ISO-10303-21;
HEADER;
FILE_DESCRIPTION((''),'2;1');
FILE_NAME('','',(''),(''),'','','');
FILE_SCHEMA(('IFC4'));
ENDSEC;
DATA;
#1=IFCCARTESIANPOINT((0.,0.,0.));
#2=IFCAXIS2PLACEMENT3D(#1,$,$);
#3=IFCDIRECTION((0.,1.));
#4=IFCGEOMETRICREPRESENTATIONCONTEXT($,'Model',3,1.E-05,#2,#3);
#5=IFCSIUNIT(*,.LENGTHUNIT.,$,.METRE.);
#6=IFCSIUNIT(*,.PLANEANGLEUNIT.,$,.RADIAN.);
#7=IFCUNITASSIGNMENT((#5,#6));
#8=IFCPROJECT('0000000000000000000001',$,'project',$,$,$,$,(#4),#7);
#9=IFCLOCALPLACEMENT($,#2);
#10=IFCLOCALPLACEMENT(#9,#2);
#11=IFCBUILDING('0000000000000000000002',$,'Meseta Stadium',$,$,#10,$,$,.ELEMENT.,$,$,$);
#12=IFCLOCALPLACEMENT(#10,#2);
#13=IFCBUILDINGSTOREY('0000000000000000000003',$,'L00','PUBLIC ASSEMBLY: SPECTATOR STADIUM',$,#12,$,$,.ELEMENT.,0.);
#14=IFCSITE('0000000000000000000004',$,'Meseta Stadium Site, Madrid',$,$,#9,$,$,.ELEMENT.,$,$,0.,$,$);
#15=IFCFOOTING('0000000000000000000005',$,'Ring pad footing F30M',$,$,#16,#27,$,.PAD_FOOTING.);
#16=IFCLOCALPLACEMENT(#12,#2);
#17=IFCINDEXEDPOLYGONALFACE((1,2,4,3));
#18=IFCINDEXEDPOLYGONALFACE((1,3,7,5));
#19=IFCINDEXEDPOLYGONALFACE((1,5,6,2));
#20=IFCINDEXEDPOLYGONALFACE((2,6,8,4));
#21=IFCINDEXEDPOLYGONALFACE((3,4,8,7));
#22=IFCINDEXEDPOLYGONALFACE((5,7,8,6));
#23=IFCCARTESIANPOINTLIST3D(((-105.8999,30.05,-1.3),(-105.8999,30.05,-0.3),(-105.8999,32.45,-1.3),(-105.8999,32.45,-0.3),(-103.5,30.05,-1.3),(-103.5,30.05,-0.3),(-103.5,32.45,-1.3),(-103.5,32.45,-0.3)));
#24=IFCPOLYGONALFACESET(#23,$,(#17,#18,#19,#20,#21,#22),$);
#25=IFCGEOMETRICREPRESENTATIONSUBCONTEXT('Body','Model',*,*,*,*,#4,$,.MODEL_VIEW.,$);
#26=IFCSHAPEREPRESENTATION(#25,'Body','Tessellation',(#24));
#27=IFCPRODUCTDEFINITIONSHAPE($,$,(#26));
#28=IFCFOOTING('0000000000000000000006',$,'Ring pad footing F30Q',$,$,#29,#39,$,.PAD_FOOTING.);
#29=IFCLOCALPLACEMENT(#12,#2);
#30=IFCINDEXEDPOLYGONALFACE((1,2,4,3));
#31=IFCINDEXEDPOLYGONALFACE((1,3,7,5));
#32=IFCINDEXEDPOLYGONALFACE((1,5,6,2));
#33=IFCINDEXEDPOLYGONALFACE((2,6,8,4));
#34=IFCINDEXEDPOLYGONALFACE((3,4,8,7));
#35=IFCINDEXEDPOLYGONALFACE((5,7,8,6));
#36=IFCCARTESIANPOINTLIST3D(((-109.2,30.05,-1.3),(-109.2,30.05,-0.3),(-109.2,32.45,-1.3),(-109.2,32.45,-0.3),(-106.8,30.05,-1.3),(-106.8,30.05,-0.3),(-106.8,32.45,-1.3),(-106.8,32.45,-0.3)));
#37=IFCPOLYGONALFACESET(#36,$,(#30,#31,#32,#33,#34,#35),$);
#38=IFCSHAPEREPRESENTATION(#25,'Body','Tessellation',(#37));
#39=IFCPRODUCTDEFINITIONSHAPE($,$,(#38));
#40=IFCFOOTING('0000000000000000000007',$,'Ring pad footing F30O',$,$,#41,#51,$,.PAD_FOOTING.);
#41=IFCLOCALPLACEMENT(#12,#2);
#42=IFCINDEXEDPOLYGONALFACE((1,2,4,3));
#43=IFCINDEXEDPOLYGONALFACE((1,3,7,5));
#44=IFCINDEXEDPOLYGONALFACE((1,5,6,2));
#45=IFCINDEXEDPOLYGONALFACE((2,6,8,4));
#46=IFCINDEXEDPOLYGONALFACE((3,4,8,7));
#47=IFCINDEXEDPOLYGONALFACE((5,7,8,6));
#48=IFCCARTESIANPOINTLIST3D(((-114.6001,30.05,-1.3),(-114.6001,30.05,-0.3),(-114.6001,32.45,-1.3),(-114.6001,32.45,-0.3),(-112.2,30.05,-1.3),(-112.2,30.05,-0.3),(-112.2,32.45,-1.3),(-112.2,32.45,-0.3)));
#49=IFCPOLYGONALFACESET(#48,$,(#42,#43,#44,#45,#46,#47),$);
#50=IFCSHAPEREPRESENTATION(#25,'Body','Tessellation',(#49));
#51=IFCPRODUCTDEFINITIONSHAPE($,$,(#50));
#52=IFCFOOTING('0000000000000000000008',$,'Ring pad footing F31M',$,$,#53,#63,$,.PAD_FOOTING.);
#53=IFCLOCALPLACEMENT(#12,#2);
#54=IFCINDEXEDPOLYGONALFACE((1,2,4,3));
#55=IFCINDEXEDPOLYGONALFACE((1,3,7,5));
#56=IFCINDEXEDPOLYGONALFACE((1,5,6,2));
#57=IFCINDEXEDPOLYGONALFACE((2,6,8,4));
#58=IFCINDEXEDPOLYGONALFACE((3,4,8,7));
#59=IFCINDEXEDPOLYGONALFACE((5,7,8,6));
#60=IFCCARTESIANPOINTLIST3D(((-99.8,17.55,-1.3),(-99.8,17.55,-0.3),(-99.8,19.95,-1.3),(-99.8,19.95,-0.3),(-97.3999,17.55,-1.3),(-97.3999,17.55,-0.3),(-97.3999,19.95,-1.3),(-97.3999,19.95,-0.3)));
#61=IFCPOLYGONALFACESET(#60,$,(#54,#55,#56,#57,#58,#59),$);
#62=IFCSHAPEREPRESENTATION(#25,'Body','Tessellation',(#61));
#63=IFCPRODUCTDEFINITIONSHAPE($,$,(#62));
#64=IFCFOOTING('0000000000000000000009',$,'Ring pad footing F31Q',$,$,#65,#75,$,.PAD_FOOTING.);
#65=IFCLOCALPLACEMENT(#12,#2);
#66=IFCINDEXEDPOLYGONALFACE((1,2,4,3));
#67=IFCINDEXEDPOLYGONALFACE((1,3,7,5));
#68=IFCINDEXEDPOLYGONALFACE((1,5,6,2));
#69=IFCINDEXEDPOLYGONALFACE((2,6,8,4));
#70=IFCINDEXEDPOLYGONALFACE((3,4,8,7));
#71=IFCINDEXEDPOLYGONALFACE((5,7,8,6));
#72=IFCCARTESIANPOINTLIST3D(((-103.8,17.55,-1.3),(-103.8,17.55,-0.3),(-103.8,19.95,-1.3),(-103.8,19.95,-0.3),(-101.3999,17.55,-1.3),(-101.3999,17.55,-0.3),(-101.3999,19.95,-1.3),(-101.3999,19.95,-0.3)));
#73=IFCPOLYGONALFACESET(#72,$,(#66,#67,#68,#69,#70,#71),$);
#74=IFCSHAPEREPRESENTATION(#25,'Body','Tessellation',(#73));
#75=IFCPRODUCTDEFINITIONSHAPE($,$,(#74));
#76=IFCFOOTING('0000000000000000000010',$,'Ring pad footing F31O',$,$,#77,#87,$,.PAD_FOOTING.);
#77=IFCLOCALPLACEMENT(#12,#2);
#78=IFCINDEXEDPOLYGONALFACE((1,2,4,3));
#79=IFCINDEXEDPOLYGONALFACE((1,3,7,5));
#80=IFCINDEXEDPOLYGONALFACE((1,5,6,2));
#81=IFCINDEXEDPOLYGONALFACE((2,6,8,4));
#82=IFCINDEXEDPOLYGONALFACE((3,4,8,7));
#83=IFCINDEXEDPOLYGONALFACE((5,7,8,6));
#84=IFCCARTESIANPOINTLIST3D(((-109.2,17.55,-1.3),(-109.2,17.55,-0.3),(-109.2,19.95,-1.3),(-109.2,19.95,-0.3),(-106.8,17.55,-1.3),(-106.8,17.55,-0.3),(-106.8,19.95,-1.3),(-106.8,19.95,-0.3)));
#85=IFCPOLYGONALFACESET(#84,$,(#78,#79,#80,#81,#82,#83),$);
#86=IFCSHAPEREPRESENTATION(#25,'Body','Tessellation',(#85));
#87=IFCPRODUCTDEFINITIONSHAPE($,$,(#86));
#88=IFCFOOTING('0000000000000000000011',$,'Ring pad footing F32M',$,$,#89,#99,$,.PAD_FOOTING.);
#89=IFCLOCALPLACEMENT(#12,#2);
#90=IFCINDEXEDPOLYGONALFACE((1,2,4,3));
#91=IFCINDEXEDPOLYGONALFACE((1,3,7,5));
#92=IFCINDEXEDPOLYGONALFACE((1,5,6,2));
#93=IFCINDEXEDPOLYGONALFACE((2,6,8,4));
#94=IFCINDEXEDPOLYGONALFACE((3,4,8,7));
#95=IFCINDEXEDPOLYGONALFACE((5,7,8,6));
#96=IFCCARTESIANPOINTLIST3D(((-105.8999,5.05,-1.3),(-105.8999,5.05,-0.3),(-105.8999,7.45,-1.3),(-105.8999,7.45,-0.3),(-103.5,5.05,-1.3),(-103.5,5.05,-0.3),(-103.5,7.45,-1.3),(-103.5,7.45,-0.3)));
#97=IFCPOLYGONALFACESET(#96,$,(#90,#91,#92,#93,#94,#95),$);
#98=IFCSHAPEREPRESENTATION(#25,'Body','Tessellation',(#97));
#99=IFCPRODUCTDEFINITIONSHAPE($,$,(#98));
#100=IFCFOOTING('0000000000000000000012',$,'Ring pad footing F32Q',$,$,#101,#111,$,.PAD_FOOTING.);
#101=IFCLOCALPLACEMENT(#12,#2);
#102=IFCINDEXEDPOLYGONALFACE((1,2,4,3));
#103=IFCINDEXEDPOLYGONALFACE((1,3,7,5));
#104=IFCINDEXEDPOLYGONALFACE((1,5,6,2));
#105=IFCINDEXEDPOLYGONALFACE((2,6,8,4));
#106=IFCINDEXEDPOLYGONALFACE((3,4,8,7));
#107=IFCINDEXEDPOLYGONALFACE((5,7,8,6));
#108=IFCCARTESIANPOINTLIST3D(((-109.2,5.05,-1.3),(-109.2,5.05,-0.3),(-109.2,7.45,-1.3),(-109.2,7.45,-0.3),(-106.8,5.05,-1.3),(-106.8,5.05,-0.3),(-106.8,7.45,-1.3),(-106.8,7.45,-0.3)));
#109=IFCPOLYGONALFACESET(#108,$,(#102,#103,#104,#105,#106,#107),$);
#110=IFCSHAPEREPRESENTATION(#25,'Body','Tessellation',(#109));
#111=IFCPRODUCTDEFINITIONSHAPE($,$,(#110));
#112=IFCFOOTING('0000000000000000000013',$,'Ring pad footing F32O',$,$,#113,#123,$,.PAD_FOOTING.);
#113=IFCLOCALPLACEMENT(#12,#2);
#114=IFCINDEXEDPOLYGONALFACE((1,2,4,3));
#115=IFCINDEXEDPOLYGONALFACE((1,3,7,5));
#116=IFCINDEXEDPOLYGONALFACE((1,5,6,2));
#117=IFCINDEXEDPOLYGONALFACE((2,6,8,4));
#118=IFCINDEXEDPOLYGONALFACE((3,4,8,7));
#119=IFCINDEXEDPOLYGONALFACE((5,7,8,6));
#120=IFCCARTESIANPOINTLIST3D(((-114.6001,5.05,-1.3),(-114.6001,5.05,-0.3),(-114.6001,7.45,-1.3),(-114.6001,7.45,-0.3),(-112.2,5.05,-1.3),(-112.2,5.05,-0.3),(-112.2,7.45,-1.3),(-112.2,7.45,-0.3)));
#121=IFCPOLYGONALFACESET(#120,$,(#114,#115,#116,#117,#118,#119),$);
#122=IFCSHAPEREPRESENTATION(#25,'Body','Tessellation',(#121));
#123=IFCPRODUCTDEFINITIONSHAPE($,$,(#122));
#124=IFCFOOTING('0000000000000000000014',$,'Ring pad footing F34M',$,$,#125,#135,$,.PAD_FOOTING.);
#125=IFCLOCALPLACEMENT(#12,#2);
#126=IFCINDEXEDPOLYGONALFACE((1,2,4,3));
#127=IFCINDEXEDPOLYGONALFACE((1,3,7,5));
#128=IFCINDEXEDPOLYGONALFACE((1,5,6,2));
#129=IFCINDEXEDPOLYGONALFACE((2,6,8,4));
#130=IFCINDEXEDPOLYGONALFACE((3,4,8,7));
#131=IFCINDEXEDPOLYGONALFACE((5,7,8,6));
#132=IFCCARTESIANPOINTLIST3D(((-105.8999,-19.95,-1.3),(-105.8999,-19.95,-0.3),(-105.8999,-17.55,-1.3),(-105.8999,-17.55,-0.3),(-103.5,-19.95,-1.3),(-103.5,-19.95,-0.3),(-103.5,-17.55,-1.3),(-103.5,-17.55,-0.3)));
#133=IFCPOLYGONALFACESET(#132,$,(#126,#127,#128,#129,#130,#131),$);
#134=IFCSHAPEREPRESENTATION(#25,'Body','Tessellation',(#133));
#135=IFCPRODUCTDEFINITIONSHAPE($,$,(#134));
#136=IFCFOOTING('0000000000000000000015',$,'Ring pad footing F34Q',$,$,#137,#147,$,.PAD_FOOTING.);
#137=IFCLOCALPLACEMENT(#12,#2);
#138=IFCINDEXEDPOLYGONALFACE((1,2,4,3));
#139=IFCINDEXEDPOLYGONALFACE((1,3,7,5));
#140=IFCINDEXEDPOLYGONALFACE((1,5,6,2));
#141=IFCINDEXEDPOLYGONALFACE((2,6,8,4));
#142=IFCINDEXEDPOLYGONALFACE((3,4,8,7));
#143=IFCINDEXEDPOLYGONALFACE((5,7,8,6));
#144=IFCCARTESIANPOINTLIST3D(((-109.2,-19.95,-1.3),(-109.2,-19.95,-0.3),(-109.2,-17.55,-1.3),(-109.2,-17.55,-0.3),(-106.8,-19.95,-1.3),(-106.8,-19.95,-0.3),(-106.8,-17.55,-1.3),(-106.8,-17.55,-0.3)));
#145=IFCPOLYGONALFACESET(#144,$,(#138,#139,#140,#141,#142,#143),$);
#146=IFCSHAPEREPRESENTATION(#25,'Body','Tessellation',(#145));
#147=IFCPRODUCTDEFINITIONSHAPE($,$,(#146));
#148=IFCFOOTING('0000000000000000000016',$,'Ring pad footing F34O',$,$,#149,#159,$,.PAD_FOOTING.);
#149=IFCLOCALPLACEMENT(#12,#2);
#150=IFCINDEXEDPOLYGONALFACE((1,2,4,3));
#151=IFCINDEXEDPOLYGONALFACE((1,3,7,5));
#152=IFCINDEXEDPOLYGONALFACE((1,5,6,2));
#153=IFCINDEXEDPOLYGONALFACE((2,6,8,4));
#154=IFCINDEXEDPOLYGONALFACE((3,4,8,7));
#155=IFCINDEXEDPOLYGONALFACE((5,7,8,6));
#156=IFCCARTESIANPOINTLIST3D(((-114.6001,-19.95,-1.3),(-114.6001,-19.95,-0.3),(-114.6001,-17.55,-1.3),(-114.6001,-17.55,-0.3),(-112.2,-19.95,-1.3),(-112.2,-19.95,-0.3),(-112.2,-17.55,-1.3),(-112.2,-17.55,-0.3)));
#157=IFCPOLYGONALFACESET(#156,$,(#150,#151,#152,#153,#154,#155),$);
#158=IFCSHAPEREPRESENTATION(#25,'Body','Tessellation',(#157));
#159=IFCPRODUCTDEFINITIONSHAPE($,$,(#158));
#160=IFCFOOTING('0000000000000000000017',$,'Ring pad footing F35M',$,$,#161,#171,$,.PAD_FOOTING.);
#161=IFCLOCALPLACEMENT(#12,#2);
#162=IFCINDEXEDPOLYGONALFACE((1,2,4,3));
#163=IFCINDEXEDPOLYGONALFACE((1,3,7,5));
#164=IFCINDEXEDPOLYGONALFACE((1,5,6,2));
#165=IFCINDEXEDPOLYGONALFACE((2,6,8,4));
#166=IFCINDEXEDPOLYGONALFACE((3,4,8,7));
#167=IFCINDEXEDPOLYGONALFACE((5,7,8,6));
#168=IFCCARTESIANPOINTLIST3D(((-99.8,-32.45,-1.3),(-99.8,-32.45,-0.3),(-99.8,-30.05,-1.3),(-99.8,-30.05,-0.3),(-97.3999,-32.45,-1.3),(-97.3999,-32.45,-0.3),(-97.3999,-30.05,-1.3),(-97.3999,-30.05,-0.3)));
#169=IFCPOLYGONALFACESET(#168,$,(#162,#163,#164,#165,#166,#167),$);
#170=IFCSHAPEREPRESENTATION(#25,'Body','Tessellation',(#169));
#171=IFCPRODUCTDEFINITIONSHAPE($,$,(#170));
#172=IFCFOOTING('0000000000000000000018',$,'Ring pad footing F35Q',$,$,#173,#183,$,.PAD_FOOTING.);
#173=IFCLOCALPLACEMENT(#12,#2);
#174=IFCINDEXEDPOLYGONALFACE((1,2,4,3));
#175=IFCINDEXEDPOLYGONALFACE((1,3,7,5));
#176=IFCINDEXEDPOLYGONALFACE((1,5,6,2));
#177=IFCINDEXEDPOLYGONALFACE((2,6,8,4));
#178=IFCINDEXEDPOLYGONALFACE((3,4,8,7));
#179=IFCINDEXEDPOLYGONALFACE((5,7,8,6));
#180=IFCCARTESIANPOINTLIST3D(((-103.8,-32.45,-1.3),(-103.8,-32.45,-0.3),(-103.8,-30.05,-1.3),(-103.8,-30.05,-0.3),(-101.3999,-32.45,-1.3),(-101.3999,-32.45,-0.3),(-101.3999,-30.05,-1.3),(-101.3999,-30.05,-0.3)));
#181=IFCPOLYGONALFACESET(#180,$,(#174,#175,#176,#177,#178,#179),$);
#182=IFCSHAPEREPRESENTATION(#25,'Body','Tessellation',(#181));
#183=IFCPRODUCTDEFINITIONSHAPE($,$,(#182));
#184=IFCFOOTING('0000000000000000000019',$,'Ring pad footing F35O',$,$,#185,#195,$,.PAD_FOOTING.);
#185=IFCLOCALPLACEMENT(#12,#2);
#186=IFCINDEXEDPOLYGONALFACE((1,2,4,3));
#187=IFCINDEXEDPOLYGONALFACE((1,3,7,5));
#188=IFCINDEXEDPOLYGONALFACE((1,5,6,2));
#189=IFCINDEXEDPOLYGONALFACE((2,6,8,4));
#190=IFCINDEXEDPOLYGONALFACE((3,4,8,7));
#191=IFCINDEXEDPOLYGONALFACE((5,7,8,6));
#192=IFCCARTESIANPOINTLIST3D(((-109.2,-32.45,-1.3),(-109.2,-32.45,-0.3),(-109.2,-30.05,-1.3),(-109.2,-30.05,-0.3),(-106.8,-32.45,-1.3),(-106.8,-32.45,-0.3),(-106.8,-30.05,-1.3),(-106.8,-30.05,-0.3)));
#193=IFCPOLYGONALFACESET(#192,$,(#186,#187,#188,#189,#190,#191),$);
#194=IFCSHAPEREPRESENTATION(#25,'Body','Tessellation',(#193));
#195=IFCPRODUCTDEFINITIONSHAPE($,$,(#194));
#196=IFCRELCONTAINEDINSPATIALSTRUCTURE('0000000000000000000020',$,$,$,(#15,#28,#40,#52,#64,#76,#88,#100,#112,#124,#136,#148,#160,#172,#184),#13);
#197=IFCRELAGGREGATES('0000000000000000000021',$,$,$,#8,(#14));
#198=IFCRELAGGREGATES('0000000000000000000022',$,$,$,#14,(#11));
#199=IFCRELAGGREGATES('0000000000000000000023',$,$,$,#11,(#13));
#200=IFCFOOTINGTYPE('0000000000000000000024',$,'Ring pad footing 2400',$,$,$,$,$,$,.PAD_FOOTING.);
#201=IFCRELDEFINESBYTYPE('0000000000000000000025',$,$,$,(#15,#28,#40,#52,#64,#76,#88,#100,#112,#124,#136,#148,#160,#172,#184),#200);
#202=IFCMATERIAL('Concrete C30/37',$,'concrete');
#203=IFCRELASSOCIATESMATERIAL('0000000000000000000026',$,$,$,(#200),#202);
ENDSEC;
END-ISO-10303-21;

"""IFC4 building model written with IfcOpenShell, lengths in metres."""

from ifc_helpers import new_model, si_unit, direction, frame, origin, place, context, subcontext, project, spatial, polyline, outline, extrude, material, type_object, element, save


model = new_model("IFC4")

# Units and contexts
model_context = context("Model", 3, precision=1e-05, world=origin(), true_north=direction((0.0, 1.0)))
body_context = subcontext(model_context, "Body", "Model", "MODEL_VIEW")
ifc_project = project(units=[si_unit("LENGTHUNIT", "METRE"), si_unit("PLANEANGLEUNIT", "RADIAN")], contexts=[model_context])

# Site, building, storey
site_placement = place(None, origin())
site = spatial("IfcSite", under=ifc_project, at=site_placement, Name="Meseta Stadium Site, Madrid", CompositionType="ELEMENT", RefElevation=0.0)
building_placement = place(site_placement, origin())
building = spatial("IfcBuilding", under=site, at=building_placement, Name="Meseta Stadium", CompositionType="ELEMENT")
storey_placement = place(building_placement, origin())
storey = spatial("IfcBuildingStorey", under=building, at=storey_placement, Name="L00", Description="PUBLIC ASSEMBLY: SPECTATOR STADIUM", CompositionType="ELEMENT", Elevation=0.0)

# Footings
ifc_material_1 = material(Name="Concrete C30/37", Category="concrete")
footing_type_1 = type_object("IfcFootingType", Name="Ring pad footing 2400", PredefinedType="PAD_FOOTING", material=ifc_material_1)
footing_1_placement = place(storey_placement, frame((0.0, 0.0, -1.3)))
element("IfcFooting", 1, at=footing_1_placement, inside=storey, type_object=footing_type_1, Name="Ring pad footing F30M", PredefinedType="PAD_FOOTING", context=body_context, shape_type="SweptSolid", body=[
    extrude(outline(polyline([(-103.5, 30.05), (-103.5, 32.45), (-105.8999, 32.45), (-105.8999, 30.05), (-103.5, 30.05)])), origin(), (0.0, 0.0, 1.0), 1.0),
])
footing_2_placement = place(storey_placement, frame((0.0, 0.0, -1.3)))
element("IfcFooting", 2, at=footing_2_placement, inside=storey, type_object=footing_type_1, Name="Ring pad footing F30Q", PredefinedType="PAD_FOOTING", context=body_context, shape_type="SweptSolid", body=[
    extrude(outline(polyline([(-106.8, 30.05), (-106.8, 32.45), (-109.2, 32.45), (-109.2, 30.05), (-106.8, 30.05)])), origin(), (0.0, 0.0, 1.0), 1.0),
])
footing_3_placement = place(storey_placement, frame((0.0, 0.0, -1.3)))
element("IfcFooting", 3, at=footing_3_placement, inside=storey, type_object=footing_type_1, Name="Ring pad footing F30O", PredefinedType="PAD_FOOTING", context=body_context, shape_type="SweptSolid", body=[
    extrude(outline(polyline([(-112.2, 30.05), (-112.2, 32.45), (-114.6001, 32.45), (-114.6001, 30.05), (-112.2, 30.05)])), origin(), (0.0, 0.0, 1.0), 1.0),
])
footing_4_placement = place(storey_placement, frame((0.0, 0.0, -1.3)))
element("IfcFooting", 4, at=footing_4_placement, inside=storey, type_object=footing_type_1, Name="Ring pad footing F31M", PredefinedType="PAD_FOOTING", context=body_context, shape_type="SweptSolid", body=[
    extrude(outline(polyline([(-97.3999, 17.55), (-97.3999, 19.95), (-99.8, 19.95), (-99.8, 17.55), (-97.3999, 17.55)])), origin(), (0.0, 0.0, 1.0), 1.0),
])
footing_5_placement = place(storey_placement, frame((0.0, 0.0, -1.3)))
element("IfcFooting", 5, at=footing_5_placement, inside=storey, type_object=footing_type_1, Name="Ring pad footing F31Q", PredefinedType="PAD_FOOTING", context=body_context, shape_type="SweptSolid", body=[
    extrude(outline(polyline([(-101.3999, 17.55), (-101.3999, 19.95), (-103.8, 19.95), (-103.8, 17.55), (-101.3999, 17.55)])), origin(), (0.0, 0.0, 1.0), 1.0),
])
footing_6_placement = place(storey_placement, frame((0.0, 0.0, -1.3)))
element("IfcFooting", 6, at=footing_6_placement, inside=storey, type_object=footing_type_1, Name="Ring pad footing F31O", PredefinedType="PAD_FOOTING", context=body_context, shape_type="SweptSolid", body=[
    extrude(outline(polyline([(-106.8, 17.55), (-106.8, 19.95), (-109.2, 19.95), (-109.2, 17.55), (-106.8, 17.55)])), origin(), (0.0, 0.0, 1.0), 1.0),
])
footing_7_placement = place(storey_placement, frame((0.0, 0.0, -1.3)))
element("IfcFooting", 7, at=footing_7_placement, inside=storey, type_object=footing_type_1, Name="Ring pad footing F32M", PredefinedType="PAD_FOOTING", context=body_context, shape_type="SweptSolid", body=[
    extrude(outline(polyline([(-103.5, 5.05), (-103.5, 7.45), (-105.8999, 7.45), (-105.8999, 5.05), (-103.5, 5.05)])), origin(), (0.0, 0.0, 1.0), 1.0),
])
footing_8_placement = place(storey_placement, frame((0.0, 0.0, -1.3)))
element("IfcFooting", 8, at=footing_8_placement, inside=storey, type_object=footing_type_1, Name="Ring pad footing F32Q", PredefinedType="PAD_FOOTING", context=body_context, shape_type="SweptSolid", body=[
    extrude(outline(polyline([(-106.8, 5.05), (-106.8, 7.45), (-109.2, 7.45), (-109.2, 5.05), (-106.8, 5.05)])), origin(), (0.0, 0.0, 1.0), 1.0),
])
footing_9_placement = place(storey_placement, frame((0.0, 0.0, -1.3)))
element("IfcFooting", 9, at=footing_9_placement, inside=storey, type_object=footing_type_1, Name="Ring pad footing F32O", PredefinedType="PAD_FOOTING", context=body_context, shape_type="SweptSolid", body=[
    extrude(outline(polyline([(-112.2, 5.05), (-112.2, 7.45), (-114.6001, 7.45), (-114.6001, 5.05), (-112.2, 5.05)])), origin(), (0.0, 0.0, 1.0), 1.0),
])
footing_10_placement = place(storey_placement, frame((0.0, 0.0, -1.3)))
element("IfcFooting", 10, at=footing_10_placement, inside=storey, type_object=footing_type_1, Name="Ring pad footing F34M", PredefinedType="PAD_FOOTING", context=body_context, shape_type="SweptSolid", body=[
    extrude(outline(polyline([(-103.5, -19.95), (-103.5, -17.55), (-105.8999, -17.55), (-105.8999, -19.95), (-103.5, -19.95)])), origin(), (0.0, 0.0, 1.0), 1.0),
])
footing_11_placement = place(storey_placement, frame((0.0, 0.0, -1.3)))
element("IfcFooting", 11, at=footing_11_placement, inside=storey, type_object=footing_type_1, Name="Ring pad footing F34Q", PredefinedType="PAD_FOOTING", context=body_context, shape_type="SweptSolid", body=[
    extrude(outline(polyline([(-106.8, -19.95), (-106.8, -17.55), (-109.2, -17.55), (-109.2, -19.95), (-106.8, -19.95)])), origin(), (0.0, 0.0, 1.0), 1.0),
])
footing_12_placement = place(storey_placement, frame((0.0, 0.0, -1.3)))
element("IfcFooting", 12, at=footing_12_placement, inside=storey, type_object=footing_type_1, Name="Ring pad footing F34O", PredefinedType="PAD_FOOTING", context=body_context, shape_type="SweptSolid", body=[
    extrude(outline(polyline([(-112.2, -19.95), (-112.2, -17.55), (-114.6001, -17.55), (-114.6001, -19.95), (-112.2, -19.95)])), origin(), (0.0, 0.0, 1.0), 1.0),
])
footing_13_placement = place(storey_placement, frame((0.0, 0.0, -1.3)))
element("IfcFooting", 13, at=footing_13_placement, inside=storey, type_object=footing_type_1, Name="Ring pad footing F35M", PredefinedType="PAD_FOOTING", context=body_context, shape_type="SweptSolid", body=[
    extrude(outline(polyline([(-97.3999, -32.45), (-97.3999, -30.05), (-99.8, -30.05), (-99.8, -32.45), (-97.3999, -32.45)])), origin(), (0.0, 0.0, 1.0), 1.0),
])
footing_14_placement = place(storey_placement, frame((0.0, 0.0, -1.3)))
element("IfcFooting", 14, at=footing_14_placement, inside=storey, type_object=footing_type_1, Name="Ring pad footing F35Q", PredefinedType="PAD_FOOTING", context=body_context, shape_type="SweptSolid", body=[
    extrude(outline(polyline([(-101.3999, -32.45), (-101.3999, -30.05), (-103.8, -30.05), (-103.8, -32.45), (-101.3999, -32.45)])), origin(), (0.0, 0.0, 1.0), 1.0),
])
footing_15_placement = place(storey_placement, frame((0.0, 0.0, -1.3)))
element("IfcFooting", 15, at=footing_15_placement, inside=storey, type_object=footing_type_1, Name="Ring pad footing F35O", PredefinedType="PAD_FOOTING", context=body_context, shape_type="SweptSolid", body=[
    extrude(outline(polyline([(-106.8, -32.45), (-106.8, -30.05), (-109.2, -30.05), (-109.2, -32.45), (-106.8, -32.45)])), origin(), (0.0, 0.0, 1.0), 1.0),
])

save(model, "model.ifc")
